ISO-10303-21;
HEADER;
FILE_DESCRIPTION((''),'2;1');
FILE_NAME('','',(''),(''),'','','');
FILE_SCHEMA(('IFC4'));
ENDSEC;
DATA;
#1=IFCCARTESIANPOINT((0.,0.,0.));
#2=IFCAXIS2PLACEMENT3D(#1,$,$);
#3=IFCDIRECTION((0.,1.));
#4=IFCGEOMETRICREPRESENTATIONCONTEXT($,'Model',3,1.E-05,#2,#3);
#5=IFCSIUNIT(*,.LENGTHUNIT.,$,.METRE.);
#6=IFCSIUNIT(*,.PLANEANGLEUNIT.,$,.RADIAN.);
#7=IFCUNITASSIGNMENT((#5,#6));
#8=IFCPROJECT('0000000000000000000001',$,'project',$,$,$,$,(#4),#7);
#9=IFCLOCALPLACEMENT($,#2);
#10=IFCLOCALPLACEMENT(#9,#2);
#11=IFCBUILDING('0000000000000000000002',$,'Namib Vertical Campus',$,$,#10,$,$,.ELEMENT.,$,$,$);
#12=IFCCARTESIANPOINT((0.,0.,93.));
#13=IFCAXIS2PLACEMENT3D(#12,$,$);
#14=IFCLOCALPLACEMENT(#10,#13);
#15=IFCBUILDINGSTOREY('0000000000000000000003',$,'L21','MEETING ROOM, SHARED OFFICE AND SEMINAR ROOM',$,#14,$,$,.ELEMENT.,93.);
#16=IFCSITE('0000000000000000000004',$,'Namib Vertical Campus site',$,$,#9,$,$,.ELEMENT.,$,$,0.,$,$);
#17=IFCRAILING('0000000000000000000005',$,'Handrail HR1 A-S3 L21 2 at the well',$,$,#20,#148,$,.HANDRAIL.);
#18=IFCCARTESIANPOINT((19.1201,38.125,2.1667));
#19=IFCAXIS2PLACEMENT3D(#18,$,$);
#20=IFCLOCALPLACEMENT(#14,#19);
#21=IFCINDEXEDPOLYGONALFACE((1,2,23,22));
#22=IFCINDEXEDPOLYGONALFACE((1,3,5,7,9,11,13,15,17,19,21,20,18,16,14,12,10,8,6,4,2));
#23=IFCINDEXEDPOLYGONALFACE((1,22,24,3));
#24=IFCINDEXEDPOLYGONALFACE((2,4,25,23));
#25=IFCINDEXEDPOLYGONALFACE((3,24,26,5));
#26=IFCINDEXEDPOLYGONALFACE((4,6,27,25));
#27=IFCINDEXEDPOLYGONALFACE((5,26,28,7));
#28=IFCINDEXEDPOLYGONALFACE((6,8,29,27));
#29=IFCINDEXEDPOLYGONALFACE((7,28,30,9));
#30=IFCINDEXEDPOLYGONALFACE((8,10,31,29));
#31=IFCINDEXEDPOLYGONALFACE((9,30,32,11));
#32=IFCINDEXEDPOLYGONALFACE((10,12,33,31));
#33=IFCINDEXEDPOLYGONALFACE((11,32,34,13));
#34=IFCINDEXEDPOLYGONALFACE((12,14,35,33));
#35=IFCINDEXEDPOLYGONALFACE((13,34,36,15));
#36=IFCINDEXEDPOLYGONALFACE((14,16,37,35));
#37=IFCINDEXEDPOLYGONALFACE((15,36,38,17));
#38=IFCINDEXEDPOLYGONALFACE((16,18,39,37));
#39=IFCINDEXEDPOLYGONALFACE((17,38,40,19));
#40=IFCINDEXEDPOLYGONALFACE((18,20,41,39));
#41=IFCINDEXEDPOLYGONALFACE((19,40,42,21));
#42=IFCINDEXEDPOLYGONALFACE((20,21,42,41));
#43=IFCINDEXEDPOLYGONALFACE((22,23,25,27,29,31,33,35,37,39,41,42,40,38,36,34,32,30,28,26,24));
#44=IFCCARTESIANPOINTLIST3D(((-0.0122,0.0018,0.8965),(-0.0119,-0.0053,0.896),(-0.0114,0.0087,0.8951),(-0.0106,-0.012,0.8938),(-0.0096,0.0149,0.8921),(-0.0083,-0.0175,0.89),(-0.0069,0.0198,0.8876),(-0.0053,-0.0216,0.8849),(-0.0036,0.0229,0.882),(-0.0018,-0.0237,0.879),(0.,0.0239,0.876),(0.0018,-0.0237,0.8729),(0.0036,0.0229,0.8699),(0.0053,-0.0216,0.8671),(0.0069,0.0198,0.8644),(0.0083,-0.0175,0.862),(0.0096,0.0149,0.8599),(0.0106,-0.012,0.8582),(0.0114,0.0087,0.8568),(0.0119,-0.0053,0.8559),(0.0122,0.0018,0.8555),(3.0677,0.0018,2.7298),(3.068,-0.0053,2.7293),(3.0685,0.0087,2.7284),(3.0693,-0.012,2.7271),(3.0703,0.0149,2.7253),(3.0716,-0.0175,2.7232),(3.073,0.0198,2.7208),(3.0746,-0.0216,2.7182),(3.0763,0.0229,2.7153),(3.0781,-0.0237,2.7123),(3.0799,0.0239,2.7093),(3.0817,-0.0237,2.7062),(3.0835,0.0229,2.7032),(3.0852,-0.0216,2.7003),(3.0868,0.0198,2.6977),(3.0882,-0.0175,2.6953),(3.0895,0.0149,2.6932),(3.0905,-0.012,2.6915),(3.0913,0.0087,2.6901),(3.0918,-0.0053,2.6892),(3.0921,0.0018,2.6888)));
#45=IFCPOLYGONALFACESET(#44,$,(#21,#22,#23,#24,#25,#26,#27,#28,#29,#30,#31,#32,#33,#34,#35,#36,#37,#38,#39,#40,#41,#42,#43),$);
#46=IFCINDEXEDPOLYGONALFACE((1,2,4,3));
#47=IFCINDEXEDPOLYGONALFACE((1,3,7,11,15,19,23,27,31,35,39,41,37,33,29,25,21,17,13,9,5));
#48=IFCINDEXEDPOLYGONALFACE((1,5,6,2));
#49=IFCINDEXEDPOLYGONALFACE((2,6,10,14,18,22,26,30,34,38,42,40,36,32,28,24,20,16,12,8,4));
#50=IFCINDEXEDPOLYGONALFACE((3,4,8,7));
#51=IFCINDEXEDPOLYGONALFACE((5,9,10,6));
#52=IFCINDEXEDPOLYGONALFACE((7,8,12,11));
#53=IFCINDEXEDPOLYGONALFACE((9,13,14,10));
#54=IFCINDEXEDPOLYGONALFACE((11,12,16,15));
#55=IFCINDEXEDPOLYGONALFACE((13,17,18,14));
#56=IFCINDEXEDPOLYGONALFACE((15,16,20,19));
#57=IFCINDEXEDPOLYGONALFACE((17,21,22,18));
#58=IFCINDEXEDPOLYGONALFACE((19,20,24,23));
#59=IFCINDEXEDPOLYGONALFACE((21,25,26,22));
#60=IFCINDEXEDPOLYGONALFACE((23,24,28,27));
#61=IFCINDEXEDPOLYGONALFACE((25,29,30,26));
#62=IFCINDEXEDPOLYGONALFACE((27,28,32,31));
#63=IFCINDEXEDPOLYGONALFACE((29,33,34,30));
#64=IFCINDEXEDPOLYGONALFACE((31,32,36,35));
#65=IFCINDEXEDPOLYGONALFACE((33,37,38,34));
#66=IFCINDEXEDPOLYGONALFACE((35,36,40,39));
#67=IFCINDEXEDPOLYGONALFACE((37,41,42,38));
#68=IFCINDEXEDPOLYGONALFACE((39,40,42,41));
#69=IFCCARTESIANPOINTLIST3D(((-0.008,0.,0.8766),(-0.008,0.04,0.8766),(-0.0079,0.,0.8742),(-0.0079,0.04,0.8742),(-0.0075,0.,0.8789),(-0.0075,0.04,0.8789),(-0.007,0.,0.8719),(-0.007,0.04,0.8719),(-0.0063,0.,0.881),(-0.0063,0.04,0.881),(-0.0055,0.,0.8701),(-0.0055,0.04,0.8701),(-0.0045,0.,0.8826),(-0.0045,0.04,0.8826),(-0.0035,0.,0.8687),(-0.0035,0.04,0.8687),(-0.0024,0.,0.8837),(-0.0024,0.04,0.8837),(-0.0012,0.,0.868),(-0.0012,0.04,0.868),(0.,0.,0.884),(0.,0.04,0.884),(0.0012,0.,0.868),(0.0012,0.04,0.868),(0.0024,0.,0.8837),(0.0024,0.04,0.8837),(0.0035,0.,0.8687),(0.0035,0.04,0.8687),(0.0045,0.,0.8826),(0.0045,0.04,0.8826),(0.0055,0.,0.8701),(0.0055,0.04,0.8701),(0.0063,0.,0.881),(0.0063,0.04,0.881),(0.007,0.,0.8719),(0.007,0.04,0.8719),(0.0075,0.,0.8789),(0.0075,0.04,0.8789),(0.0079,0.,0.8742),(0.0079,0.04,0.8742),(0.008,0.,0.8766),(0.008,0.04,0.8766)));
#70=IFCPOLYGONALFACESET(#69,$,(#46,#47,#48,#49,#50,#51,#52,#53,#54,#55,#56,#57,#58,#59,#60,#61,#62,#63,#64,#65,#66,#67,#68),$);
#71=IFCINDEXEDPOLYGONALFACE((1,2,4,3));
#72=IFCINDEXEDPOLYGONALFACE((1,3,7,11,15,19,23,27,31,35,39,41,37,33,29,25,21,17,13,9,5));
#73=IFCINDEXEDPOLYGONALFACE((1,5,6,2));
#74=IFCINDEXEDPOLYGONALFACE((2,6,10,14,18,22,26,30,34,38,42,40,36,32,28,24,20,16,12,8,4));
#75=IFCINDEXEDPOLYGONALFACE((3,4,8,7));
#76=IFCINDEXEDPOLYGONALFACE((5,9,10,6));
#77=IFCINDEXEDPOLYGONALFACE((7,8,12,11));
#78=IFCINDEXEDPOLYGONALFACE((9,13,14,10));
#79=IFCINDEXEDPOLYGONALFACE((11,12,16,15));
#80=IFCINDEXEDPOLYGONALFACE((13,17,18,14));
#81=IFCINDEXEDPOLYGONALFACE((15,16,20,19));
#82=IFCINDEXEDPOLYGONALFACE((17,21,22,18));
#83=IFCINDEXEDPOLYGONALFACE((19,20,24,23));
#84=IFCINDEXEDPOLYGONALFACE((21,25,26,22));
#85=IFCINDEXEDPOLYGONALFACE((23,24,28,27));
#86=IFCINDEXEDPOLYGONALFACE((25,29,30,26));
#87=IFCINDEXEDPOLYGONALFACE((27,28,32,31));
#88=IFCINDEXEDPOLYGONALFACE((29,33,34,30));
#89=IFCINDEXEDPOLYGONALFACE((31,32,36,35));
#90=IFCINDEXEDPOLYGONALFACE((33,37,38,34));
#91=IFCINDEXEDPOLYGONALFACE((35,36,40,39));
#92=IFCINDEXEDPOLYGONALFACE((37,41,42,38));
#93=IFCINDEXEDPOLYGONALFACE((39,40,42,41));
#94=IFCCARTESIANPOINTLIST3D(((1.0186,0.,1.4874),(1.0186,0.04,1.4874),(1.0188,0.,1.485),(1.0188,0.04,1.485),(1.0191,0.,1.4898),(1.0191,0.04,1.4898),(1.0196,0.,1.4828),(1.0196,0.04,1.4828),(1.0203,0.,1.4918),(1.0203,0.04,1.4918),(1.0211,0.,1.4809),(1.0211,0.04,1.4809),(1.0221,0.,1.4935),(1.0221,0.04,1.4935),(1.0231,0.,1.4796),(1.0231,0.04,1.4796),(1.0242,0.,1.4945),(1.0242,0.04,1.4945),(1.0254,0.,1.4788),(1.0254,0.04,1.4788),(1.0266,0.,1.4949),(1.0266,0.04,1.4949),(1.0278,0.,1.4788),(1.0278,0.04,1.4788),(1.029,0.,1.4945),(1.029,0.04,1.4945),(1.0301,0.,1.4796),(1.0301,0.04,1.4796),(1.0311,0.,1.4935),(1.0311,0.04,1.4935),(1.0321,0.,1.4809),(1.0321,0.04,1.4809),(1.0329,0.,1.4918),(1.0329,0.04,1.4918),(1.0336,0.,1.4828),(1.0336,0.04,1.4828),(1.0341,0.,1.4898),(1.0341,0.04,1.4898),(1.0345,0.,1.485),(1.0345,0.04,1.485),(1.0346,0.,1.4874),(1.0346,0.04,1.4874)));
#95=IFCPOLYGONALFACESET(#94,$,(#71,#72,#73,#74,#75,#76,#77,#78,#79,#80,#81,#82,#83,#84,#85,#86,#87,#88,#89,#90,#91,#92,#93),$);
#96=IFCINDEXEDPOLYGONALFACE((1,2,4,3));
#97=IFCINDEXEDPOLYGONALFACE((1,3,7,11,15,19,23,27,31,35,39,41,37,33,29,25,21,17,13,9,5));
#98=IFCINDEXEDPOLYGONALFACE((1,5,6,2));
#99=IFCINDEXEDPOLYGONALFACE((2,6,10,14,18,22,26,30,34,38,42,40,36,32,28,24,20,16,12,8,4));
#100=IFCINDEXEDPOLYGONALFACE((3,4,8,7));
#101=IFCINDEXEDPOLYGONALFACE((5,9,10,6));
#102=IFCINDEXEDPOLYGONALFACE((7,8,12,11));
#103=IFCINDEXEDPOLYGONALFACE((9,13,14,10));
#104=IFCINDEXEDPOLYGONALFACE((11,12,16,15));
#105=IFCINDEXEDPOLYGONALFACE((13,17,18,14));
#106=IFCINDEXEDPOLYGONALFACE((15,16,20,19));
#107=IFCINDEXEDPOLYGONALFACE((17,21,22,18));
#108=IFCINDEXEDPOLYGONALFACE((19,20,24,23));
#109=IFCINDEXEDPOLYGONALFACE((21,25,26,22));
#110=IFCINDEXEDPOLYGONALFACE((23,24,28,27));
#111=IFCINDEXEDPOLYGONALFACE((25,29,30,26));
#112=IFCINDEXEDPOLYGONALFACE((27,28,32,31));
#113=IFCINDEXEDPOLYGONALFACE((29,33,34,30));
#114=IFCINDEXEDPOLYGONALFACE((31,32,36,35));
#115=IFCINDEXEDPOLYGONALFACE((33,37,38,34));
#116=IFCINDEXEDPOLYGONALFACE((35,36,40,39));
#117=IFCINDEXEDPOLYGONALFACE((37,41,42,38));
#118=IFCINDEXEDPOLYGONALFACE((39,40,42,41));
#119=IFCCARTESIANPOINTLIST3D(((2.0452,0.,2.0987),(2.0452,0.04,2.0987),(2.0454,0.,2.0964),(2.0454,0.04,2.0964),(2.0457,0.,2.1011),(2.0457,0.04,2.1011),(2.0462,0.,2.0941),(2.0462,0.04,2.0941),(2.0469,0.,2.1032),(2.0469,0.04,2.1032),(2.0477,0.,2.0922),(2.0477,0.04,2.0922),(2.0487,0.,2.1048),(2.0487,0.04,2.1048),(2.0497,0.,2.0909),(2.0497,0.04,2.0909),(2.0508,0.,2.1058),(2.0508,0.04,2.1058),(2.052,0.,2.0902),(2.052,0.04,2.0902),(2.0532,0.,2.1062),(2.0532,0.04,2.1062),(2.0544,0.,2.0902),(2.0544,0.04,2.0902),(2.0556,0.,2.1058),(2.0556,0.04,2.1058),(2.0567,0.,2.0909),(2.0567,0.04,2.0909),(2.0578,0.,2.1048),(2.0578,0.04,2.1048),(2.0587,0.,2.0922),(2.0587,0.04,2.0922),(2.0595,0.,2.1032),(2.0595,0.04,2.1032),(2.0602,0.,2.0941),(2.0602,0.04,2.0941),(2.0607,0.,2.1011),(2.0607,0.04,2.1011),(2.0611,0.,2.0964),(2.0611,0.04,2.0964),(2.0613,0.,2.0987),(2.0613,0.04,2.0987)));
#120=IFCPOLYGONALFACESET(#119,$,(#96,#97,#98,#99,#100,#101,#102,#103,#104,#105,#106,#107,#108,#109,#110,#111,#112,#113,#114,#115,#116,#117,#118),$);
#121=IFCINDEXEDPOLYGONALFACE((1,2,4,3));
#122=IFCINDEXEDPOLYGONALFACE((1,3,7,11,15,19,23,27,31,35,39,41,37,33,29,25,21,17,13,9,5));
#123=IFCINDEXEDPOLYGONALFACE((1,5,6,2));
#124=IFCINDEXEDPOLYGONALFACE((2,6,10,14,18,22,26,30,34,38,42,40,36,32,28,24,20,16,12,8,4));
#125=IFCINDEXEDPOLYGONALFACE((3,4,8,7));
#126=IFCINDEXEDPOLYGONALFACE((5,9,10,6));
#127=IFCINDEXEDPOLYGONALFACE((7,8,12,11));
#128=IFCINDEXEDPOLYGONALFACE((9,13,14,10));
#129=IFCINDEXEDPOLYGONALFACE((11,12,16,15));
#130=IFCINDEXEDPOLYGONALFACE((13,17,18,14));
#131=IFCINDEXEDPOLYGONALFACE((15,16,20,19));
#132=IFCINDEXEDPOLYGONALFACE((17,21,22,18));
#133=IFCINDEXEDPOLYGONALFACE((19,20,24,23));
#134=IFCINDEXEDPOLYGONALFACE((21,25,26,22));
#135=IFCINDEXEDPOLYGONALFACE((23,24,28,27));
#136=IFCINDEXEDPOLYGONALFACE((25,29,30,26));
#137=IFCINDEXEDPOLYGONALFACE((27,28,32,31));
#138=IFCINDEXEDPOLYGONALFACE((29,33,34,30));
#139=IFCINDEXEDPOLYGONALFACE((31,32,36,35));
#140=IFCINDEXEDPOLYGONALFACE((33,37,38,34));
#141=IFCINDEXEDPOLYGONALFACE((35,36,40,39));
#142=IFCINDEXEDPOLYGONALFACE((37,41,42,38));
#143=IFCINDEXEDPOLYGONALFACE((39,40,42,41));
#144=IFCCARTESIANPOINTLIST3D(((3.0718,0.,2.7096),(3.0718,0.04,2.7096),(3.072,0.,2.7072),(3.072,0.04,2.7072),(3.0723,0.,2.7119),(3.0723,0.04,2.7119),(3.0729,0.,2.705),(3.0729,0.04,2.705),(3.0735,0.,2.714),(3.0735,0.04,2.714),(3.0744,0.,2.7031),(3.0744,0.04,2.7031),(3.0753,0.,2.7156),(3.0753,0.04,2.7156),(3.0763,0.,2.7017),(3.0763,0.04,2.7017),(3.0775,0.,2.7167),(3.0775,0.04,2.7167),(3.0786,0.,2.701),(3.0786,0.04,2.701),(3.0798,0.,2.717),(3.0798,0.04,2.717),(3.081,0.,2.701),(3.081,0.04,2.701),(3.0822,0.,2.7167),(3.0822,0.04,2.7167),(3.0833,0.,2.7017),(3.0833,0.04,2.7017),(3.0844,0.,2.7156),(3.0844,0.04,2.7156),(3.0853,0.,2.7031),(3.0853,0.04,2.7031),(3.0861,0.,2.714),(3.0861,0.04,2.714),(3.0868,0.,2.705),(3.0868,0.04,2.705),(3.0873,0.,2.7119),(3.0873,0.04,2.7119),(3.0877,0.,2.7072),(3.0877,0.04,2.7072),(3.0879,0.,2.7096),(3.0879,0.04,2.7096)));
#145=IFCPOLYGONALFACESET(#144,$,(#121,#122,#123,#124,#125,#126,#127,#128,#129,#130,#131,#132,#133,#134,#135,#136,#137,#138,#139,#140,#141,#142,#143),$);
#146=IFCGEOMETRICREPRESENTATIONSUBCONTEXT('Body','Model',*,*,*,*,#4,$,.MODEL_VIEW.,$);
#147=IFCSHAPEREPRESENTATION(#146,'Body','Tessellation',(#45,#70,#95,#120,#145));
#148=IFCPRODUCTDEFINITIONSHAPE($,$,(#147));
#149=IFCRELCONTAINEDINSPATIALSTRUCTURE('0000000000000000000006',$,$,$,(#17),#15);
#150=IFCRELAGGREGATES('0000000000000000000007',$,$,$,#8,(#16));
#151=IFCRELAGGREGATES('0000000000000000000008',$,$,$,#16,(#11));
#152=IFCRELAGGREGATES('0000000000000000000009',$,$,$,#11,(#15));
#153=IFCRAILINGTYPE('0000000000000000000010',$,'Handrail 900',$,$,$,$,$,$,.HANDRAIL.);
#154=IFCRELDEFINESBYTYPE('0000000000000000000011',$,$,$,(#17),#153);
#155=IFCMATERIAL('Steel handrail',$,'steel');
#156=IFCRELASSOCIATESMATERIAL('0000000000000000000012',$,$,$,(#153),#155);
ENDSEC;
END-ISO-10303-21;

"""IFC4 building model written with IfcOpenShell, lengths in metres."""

from ifc_helpers import new_model, si_unit, direction, frame, origin, origin_2d, place, context, subcontext, project, spatial, circle, extrude, material, type_object, element, save


model = new_model("IFC4")

# Units and contexts
model_context = context("Model", 3, precision=1e-05, world=origin(), true_north=direction((0.0, 1.0)))
body_context = subcontext(model_context, "Body", "Model", "MODEL_VIEW")
ifc_project = project(units=[si_unit("LENGTHUNIT", "METRE"), si_unit("PLANEANGLEUNIT", "RADIAN")], contexts=[model_context])

# Site, building, storey
site_placement = place(None, origin())
site = spatial("IfcSite", under=ifc_project, at=site_placement, Name="Namib Vertical Campus site", CompositionType="ELEMENT", RefElevation=0.0)
building_placement = place(site_placement, origin())
building = spatial("IfcBuilding", under=site, at=building_placement, Name="Namib Vertical Campus", CompositionType="ELEMENT")
storey_placement = place(building_placement, frame((0.0, 0.0, 93.0)))
storey = spatial("IfcBuildingStorey", under=building, at=storey_placement, Name="L21", Description="MEETING ROOM, SHARED OFFICE AND SEMINAR ROOM", CompositionType="ELEMENT", Elevation=93.0)

# Railing
ifc_material_1 = material(Name="Steel handrail", Category="steel")
railing_type_1 = type_object("IfcRailingType", Name="Handrail 900", PredefinedType="HANDRAIL", material=ifc_material_1)
railing_1_placement = place(storey_placement, frame((19.1201, 38.125, 2.1667)))
element("IfcRailing", 1, at=railing_1_placement, inside=storey, type_object=railing_type_1, Name="Handrail HR1 A-S3 L21 2 at the well", PredefinedType="HANDRAIL", context=body_context, shape_type="SweptSolid", body=[
    extrude(circle(Radius=0.0239, at=origin_2d()), frame((0.0, 0.0, 0.876), z_axis=(0.859291, 0.0, 0.511487), x_axis=(0.0, 1.0, 0.0)), (0.0, 0.0, 1.0), 3.5842),
    extrude(circle(Radius=0.0081, at=origin_2d()), frame((0.0, 0.0, 0.876), z_axis=(0.0, 1.0, 0.0), x_axis=(0.0, 0.0, 1.0)), (0.0, 0.0, 1.0), 0.04),
    extrude(circle(Radius=0.0081, at=origin_2d()), frame((1.0266, 0.0, 1.4868), z_axis=(0.0, 1.0, 0.0), x_axis=(0.0, 0.0, 1.0)), (0.0, 0.0, 1.0), 0.04),
    extrude(circle(Radius=0.0081, at=origin_2d()), frame((2.0532, 0.0, 2.0981), z_axis=(0.0, 1.0, 0.0), x_axis=(0.0, 0.0, 1.0)), (0.0, 0.0, 1.0), 0.04),
    extrude(circle(Radius=0.0081, at=origin_2d()), frame((3.0798, 0.0, 2.709), z_axis=(0.0, 1.0, 0.0), x_axis=(0.0, 0.0, 1.0)), (0.0, 0.0, 1.0), 0.04),
])

save(model, "model.ifc")
